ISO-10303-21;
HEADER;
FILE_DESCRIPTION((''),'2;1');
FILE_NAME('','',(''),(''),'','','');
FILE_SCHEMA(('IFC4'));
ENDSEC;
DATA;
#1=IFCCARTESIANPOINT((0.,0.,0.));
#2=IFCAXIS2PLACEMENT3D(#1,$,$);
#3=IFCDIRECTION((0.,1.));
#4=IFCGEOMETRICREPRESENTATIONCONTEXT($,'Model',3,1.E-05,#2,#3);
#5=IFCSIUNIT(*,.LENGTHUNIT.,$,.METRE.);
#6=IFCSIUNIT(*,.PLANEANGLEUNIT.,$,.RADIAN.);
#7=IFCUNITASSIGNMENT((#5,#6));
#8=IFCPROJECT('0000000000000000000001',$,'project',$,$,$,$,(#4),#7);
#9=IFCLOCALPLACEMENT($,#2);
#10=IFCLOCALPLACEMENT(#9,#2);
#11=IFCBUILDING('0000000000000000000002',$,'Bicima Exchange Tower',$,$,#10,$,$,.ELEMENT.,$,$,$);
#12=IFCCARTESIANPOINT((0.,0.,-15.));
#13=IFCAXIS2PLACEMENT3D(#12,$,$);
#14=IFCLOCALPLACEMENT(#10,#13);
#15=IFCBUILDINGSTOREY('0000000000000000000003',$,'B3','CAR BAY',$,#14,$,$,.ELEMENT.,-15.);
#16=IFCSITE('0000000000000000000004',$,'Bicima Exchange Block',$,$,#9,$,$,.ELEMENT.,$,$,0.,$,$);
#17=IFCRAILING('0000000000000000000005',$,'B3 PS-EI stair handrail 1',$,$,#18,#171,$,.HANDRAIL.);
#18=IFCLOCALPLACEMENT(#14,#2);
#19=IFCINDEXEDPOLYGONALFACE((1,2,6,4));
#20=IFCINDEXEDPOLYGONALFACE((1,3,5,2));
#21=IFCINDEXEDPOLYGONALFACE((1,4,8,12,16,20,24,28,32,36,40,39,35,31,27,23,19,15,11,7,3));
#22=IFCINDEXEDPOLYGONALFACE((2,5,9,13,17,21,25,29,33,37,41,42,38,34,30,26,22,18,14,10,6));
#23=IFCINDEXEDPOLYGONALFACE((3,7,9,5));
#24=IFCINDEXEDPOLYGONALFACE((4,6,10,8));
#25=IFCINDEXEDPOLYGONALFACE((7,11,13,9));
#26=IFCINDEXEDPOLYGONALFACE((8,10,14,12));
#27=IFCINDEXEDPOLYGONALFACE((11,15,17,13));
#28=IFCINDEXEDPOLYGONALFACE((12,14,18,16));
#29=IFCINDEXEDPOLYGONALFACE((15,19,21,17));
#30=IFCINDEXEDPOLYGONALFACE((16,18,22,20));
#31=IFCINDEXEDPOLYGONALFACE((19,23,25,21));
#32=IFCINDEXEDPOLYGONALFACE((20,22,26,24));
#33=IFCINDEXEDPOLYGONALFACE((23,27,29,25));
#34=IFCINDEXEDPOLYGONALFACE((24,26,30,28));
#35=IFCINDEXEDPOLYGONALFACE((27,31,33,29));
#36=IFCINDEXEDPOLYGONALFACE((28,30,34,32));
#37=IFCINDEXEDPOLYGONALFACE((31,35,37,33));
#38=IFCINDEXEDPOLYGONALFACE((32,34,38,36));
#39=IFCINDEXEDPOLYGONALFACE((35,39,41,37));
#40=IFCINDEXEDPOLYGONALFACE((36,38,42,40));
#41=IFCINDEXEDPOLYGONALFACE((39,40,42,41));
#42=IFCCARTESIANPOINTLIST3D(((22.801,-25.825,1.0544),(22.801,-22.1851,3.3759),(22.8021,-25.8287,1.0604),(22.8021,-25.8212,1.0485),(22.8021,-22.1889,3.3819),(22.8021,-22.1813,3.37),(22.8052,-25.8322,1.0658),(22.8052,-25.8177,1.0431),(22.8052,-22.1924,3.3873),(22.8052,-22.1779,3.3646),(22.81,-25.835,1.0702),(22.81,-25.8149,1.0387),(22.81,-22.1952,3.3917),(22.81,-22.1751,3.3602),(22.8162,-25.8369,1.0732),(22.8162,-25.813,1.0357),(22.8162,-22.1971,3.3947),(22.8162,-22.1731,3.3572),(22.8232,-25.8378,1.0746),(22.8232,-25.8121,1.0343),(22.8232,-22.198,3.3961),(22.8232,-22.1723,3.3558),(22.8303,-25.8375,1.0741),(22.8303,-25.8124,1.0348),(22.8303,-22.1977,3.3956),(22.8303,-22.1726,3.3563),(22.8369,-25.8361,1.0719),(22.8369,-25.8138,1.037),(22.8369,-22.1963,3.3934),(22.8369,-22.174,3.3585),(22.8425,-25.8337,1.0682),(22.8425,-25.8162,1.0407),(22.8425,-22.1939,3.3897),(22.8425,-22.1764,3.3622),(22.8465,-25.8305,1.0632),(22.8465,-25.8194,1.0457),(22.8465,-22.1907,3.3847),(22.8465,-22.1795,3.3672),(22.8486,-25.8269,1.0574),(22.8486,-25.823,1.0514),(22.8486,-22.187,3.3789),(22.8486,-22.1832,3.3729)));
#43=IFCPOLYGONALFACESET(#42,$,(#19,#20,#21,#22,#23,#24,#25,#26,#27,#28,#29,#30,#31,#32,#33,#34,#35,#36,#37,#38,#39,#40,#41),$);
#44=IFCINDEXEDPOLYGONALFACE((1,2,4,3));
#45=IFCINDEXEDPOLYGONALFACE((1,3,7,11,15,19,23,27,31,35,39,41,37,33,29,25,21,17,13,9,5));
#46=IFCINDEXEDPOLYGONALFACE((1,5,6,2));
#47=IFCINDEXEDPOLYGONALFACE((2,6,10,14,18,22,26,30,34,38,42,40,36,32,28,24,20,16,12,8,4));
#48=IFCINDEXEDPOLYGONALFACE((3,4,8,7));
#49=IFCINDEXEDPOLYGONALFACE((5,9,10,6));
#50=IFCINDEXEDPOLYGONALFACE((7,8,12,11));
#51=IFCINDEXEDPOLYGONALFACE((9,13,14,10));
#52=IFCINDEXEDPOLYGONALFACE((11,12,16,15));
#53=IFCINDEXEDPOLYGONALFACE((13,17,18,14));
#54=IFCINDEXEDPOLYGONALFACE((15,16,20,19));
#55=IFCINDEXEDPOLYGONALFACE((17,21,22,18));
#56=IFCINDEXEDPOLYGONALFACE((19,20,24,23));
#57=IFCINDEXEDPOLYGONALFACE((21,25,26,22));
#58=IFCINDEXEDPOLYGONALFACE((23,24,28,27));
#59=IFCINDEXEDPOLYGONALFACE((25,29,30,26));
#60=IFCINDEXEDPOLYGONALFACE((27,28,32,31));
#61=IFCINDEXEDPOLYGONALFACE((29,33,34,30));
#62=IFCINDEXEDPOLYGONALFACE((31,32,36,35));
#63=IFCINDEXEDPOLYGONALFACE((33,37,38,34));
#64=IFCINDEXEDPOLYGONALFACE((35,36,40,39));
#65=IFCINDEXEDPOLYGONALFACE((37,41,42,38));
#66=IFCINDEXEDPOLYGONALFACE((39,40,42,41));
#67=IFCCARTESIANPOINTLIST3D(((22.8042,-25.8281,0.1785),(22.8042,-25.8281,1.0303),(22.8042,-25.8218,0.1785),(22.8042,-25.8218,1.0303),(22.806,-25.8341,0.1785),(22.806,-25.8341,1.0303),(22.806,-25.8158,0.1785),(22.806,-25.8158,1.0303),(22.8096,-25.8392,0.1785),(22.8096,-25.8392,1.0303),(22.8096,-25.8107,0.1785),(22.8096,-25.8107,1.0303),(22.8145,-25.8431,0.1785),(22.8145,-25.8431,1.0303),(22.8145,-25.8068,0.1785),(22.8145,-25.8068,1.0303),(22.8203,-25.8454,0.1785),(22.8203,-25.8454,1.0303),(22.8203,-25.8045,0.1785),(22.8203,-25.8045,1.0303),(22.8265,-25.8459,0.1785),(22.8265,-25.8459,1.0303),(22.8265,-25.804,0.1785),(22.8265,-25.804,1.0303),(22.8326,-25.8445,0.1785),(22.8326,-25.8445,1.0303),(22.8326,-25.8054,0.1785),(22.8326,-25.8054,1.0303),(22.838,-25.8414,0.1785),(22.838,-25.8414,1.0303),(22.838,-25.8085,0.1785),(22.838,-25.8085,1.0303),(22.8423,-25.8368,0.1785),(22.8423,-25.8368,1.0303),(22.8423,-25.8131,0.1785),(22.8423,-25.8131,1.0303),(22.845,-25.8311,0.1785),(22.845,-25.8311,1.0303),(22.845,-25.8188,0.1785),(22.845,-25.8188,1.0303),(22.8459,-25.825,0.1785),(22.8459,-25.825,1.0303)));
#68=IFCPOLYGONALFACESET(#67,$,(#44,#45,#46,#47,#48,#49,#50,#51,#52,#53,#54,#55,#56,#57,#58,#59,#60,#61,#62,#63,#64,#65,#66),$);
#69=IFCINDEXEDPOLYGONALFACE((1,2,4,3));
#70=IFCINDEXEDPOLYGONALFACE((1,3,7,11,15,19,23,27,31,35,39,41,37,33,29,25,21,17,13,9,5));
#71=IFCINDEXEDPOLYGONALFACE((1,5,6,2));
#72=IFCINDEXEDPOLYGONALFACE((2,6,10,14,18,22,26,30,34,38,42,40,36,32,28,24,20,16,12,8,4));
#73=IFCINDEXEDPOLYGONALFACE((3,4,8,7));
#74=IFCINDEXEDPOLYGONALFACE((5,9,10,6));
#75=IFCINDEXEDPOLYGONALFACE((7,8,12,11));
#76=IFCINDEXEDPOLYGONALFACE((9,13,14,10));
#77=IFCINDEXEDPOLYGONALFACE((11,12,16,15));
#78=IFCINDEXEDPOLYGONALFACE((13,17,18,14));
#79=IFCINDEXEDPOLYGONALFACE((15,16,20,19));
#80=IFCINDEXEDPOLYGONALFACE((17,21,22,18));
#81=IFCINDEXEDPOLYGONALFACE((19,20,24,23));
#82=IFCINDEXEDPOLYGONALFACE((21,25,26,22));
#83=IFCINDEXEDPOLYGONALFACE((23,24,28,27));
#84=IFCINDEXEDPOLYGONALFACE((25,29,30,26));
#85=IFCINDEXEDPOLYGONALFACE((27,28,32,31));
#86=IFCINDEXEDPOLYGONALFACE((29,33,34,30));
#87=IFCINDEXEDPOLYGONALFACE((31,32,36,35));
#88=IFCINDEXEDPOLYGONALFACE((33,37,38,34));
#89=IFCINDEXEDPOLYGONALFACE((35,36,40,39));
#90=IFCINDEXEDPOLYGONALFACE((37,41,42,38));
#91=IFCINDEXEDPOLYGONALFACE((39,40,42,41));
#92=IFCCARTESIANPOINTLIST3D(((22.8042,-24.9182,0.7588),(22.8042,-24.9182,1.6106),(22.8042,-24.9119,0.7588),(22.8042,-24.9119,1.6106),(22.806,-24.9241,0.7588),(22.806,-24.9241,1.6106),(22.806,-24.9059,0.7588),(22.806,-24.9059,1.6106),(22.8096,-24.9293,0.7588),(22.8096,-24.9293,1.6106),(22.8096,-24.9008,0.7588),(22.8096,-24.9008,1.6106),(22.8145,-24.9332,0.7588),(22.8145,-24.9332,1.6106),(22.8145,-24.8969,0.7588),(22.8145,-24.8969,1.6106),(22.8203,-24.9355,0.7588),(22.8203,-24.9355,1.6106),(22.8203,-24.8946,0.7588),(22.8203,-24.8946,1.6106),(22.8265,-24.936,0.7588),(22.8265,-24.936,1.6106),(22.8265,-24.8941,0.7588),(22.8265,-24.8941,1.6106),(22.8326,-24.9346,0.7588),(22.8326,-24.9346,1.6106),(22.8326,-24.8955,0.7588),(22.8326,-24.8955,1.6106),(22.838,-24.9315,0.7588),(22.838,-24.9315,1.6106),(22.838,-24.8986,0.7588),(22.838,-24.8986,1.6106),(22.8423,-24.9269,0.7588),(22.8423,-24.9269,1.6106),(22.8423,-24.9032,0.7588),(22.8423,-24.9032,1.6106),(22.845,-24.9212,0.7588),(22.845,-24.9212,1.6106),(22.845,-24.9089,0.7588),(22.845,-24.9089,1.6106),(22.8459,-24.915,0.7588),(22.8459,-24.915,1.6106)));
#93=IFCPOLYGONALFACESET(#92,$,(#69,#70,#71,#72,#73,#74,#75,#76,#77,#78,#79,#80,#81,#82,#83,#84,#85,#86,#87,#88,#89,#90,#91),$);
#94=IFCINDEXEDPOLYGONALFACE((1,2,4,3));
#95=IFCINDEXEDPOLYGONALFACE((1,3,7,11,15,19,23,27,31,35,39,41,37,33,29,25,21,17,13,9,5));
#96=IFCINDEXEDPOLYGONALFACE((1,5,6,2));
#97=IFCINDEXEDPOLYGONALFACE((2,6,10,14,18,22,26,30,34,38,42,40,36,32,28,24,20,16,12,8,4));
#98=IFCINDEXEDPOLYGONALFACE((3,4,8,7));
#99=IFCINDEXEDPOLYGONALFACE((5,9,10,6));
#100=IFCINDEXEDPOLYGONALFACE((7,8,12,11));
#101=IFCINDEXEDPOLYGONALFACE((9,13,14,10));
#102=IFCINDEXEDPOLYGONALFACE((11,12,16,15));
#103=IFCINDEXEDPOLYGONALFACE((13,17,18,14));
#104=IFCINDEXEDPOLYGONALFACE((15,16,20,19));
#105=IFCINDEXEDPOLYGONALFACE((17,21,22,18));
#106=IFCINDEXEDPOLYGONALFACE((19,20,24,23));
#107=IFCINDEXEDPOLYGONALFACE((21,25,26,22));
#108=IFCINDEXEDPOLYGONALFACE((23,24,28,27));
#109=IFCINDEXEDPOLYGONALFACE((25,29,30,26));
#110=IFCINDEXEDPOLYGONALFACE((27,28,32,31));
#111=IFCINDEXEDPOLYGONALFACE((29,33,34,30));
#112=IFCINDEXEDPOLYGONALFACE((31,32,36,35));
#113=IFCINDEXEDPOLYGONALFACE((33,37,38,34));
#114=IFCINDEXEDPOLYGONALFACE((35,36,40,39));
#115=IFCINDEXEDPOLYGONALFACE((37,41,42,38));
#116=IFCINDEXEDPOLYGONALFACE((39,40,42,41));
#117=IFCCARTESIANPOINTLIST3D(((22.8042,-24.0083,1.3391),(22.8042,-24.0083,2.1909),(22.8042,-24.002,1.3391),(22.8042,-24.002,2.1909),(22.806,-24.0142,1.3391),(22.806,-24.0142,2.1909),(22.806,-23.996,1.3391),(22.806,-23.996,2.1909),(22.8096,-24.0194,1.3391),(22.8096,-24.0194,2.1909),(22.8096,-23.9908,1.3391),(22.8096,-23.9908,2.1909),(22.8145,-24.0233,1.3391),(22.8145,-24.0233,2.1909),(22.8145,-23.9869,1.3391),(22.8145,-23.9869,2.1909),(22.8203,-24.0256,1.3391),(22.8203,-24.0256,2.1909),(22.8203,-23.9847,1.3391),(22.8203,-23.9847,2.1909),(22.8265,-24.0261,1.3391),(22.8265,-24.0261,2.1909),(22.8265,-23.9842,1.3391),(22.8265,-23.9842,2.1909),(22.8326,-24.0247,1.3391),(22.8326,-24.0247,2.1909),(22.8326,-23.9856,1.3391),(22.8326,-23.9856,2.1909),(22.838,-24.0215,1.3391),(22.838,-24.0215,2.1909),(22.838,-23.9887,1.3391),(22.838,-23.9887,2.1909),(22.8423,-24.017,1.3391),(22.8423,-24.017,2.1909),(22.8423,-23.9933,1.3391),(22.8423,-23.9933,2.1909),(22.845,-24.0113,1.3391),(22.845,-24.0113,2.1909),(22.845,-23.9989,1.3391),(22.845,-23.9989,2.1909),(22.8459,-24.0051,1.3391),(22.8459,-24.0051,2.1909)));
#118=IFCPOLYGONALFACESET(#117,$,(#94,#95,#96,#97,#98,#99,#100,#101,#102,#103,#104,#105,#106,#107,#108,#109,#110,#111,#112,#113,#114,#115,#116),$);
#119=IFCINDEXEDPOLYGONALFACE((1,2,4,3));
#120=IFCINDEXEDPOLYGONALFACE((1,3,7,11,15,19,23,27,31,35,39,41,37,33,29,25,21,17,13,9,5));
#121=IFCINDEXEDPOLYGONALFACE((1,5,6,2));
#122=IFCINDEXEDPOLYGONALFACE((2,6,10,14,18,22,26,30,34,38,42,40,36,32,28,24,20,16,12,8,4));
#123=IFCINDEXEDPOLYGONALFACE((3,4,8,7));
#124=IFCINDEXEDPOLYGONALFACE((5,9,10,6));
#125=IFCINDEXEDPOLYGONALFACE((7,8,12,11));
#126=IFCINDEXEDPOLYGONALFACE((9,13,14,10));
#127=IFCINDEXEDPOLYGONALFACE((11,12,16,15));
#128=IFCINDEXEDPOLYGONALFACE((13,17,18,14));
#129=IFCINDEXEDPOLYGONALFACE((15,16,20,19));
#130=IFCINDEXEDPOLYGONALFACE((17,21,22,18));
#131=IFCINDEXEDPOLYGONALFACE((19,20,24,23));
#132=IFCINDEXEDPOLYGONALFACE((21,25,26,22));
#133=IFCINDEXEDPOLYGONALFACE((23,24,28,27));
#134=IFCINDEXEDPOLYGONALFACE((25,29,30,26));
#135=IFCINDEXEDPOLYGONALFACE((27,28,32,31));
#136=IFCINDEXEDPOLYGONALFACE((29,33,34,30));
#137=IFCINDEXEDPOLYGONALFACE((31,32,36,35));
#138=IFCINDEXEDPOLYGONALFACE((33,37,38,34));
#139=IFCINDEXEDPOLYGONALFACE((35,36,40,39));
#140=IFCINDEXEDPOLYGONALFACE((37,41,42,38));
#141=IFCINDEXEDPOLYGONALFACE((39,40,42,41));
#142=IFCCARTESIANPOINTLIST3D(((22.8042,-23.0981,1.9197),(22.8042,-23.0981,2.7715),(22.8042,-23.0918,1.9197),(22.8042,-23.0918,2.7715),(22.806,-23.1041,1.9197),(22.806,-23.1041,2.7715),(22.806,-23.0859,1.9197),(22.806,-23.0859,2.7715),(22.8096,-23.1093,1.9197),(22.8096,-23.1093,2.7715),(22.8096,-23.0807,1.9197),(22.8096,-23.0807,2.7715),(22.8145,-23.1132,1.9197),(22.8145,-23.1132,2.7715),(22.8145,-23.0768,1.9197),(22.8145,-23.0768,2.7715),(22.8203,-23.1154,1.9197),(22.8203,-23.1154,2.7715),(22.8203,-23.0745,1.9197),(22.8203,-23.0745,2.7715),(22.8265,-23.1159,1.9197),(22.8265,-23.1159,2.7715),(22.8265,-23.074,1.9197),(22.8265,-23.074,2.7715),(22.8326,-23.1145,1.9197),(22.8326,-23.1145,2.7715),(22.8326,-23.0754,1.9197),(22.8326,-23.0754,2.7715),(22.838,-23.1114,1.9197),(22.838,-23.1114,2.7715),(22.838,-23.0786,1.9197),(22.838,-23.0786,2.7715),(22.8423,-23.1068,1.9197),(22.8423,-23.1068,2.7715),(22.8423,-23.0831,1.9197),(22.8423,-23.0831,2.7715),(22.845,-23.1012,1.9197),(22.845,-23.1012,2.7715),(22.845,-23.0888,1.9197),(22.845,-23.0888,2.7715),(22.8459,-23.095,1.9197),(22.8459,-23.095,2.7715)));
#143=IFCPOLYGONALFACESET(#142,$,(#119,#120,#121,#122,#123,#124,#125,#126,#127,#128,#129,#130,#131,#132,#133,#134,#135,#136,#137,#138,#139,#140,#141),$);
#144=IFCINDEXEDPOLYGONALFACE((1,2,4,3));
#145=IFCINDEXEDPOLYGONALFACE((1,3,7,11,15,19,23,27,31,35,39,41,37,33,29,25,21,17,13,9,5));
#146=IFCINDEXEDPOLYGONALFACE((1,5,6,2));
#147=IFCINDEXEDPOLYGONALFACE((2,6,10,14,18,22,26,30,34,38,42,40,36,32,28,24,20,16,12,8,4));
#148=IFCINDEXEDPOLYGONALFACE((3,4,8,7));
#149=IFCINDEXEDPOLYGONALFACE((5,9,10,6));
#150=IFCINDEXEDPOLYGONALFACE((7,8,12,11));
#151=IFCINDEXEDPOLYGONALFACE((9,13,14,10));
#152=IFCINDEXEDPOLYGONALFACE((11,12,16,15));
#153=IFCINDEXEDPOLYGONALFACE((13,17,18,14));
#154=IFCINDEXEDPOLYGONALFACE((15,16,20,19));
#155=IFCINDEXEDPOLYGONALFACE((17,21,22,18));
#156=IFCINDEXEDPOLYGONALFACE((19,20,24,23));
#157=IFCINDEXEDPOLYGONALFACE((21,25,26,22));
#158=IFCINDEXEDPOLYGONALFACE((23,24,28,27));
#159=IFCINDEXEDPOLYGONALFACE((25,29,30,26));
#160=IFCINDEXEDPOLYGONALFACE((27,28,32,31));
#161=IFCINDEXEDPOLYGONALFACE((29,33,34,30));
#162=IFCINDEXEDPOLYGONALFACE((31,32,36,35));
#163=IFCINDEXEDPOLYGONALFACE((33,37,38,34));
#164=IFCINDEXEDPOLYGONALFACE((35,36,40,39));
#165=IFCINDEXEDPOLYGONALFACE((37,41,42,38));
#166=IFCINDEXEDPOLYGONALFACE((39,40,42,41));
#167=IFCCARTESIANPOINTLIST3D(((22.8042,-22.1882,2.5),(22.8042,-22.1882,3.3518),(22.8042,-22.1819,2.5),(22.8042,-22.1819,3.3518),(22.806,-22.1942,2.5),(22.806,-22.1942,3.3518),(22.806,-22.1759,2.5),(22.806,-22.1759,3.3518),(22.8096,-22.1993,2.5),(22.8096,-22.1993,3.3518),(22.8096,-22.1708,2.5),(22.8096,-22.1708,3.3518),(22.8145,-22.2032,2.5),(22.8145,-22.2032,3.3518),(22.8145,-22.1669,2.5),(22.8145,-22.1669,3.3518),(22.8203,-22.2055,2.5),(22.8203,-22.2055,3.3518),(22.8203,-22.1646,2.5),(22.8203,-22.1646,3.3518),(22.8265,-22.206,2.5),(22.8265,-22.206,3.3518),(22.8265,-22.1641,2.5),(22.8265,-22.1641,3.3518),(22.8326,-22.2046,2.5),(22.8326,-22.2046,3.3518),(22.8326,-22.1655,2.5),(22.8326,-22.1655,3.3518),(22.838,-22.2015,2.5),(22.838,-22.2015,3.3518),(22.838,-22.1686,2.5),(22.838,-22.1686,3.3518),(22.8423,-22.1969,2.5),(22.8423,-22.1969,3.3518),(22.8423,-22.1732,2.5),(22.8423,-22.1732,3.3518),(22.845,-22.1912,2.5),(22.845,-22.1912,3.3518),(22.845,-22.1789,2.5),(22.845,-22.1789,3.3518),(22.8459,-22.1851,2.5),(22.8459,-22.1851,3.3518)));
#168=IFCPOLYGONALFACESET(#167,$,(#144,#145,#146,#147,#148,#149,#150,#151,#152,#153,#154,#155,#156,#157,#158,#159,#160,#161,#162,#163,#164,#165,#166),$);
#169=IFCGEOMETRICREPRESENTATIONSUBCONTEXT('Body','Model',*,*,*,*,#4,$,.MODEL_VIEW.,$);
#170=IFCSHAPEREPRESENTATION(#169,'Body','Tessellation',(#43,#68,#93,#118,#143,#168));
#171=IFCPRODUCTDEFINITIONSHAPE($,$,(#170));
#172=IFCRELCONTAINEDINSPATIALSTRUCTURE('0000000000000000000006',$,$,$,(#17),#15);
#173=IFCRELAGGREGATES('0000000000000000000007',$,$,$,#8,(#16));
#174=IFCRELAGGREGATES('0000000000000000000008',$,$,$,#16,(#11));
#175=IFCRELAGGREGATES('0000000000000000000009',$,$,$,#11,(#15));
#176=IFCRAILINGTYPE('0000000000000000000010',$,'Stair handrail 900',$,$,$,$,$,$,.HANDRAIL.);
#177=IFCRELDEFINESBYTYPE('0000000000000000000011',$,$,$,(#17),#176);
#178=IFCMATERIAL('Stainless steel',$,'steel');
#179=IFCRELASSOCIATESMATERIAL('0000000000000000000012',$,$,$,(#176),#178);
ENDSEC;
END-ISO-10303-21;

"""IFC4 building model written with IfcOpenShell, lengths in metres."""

from ifc_helpers import new_model, si_unit, direction, frame, origin, origin_2d, place, context, subcontext, project, spatial, circle, extrude, material, type_object, element, save


model = new_model("IFC4")

# Units and contexts
model_context = context("Model", 3, precision=1e-05, world=origin(), true_north=direction((0.0, 1.0)))
body_context = subcontext(model_context, "Body", "Model", "MODEL_VIEW")
ifc_project = project(units=[si_unit("LENGTHUNIT", "METRE"), si_unit("PLANEANGLEUNIT", "RADIAN")], contexts=[model_context])

# Site, building, storey
site_placement = place(None, origin())
site = spatial("IfcSite", under=ifc_project, at=site_placement, Name="Bicima Exchange Block", CompositionType="ELEMENT", RefElevation=0.0)
building_placement = place(site_placement, origin())
building = spatial("IfcBuilding", under=site, at=building_placement, Name="Bicima Exchange Tower", CompositionType="ELEMENT")
storey_placement = place(building_placement, frame((0.0, 0.0, -15.0)))
storey = spatial("IfcBuildingStorey", under=building, at=storey_placement, Name="B3", Description="CAR BAY", CompositionType="ELEMENT", Elevation=-15.0)

# Railing
ifc_material_1 = material(Name="Stainless steel", Category="steel")
railing_type_1 = type_object("IfcRailingType", Name="Stair handrail 900", PredefinedType="HANDRAIL", material=ifc_material_1)
railing_1_placement = place(storey_placement, frame((22.825, -25.825, 0.1785)))
element("IfcRailing", 1, at=railing_1_placement, inside=storey, type_object=railing_type_1, Name="B3 PS-EI stair handrail 1", PredefinedType="HANDRAIL", context=body_context, shape_type="SweptSolid", body=[
    extrude(circle(Radius=0.0239, at=origin_2d()), frame((0.0, 0.0, 0.876), z_axis=(0.0, 0.843112, 0.537739), x_axis=(-1.0, 0.0, 0.0)), (0.0, 0.0, 1.0), 4.3171),
    extrude(circle(Radius=0.021, at=origin_2d()), origin(), (0.0, 0.0, 1.0), 0.8518),
    extrude(circle(Radius=0.021, at=origin_2d()), frame((0.0, 0.9099, 0.5803)), (0.0, 0.0, 1.0), 0.8518),
    extrude(circle(Radius=0.021, at=origin_2d()), frame((0.0, 1.8198, 1.1606)), (0.0, 0.0, 1.0), 0.8518),
    extrude(circle(Radius=0.021, at=origin_2d()), frame((0.0, 2.73, 1.7412)), (0.0, 0.0, 1.0), 0.8518),
    extrude(circle(Radius=0.021, at=origin_2d()), frame((0.0, 3.6399, 2.3215)), (0.0, 0.0, 1.0), 0.8518),
])

save(model, "model.ifc")
